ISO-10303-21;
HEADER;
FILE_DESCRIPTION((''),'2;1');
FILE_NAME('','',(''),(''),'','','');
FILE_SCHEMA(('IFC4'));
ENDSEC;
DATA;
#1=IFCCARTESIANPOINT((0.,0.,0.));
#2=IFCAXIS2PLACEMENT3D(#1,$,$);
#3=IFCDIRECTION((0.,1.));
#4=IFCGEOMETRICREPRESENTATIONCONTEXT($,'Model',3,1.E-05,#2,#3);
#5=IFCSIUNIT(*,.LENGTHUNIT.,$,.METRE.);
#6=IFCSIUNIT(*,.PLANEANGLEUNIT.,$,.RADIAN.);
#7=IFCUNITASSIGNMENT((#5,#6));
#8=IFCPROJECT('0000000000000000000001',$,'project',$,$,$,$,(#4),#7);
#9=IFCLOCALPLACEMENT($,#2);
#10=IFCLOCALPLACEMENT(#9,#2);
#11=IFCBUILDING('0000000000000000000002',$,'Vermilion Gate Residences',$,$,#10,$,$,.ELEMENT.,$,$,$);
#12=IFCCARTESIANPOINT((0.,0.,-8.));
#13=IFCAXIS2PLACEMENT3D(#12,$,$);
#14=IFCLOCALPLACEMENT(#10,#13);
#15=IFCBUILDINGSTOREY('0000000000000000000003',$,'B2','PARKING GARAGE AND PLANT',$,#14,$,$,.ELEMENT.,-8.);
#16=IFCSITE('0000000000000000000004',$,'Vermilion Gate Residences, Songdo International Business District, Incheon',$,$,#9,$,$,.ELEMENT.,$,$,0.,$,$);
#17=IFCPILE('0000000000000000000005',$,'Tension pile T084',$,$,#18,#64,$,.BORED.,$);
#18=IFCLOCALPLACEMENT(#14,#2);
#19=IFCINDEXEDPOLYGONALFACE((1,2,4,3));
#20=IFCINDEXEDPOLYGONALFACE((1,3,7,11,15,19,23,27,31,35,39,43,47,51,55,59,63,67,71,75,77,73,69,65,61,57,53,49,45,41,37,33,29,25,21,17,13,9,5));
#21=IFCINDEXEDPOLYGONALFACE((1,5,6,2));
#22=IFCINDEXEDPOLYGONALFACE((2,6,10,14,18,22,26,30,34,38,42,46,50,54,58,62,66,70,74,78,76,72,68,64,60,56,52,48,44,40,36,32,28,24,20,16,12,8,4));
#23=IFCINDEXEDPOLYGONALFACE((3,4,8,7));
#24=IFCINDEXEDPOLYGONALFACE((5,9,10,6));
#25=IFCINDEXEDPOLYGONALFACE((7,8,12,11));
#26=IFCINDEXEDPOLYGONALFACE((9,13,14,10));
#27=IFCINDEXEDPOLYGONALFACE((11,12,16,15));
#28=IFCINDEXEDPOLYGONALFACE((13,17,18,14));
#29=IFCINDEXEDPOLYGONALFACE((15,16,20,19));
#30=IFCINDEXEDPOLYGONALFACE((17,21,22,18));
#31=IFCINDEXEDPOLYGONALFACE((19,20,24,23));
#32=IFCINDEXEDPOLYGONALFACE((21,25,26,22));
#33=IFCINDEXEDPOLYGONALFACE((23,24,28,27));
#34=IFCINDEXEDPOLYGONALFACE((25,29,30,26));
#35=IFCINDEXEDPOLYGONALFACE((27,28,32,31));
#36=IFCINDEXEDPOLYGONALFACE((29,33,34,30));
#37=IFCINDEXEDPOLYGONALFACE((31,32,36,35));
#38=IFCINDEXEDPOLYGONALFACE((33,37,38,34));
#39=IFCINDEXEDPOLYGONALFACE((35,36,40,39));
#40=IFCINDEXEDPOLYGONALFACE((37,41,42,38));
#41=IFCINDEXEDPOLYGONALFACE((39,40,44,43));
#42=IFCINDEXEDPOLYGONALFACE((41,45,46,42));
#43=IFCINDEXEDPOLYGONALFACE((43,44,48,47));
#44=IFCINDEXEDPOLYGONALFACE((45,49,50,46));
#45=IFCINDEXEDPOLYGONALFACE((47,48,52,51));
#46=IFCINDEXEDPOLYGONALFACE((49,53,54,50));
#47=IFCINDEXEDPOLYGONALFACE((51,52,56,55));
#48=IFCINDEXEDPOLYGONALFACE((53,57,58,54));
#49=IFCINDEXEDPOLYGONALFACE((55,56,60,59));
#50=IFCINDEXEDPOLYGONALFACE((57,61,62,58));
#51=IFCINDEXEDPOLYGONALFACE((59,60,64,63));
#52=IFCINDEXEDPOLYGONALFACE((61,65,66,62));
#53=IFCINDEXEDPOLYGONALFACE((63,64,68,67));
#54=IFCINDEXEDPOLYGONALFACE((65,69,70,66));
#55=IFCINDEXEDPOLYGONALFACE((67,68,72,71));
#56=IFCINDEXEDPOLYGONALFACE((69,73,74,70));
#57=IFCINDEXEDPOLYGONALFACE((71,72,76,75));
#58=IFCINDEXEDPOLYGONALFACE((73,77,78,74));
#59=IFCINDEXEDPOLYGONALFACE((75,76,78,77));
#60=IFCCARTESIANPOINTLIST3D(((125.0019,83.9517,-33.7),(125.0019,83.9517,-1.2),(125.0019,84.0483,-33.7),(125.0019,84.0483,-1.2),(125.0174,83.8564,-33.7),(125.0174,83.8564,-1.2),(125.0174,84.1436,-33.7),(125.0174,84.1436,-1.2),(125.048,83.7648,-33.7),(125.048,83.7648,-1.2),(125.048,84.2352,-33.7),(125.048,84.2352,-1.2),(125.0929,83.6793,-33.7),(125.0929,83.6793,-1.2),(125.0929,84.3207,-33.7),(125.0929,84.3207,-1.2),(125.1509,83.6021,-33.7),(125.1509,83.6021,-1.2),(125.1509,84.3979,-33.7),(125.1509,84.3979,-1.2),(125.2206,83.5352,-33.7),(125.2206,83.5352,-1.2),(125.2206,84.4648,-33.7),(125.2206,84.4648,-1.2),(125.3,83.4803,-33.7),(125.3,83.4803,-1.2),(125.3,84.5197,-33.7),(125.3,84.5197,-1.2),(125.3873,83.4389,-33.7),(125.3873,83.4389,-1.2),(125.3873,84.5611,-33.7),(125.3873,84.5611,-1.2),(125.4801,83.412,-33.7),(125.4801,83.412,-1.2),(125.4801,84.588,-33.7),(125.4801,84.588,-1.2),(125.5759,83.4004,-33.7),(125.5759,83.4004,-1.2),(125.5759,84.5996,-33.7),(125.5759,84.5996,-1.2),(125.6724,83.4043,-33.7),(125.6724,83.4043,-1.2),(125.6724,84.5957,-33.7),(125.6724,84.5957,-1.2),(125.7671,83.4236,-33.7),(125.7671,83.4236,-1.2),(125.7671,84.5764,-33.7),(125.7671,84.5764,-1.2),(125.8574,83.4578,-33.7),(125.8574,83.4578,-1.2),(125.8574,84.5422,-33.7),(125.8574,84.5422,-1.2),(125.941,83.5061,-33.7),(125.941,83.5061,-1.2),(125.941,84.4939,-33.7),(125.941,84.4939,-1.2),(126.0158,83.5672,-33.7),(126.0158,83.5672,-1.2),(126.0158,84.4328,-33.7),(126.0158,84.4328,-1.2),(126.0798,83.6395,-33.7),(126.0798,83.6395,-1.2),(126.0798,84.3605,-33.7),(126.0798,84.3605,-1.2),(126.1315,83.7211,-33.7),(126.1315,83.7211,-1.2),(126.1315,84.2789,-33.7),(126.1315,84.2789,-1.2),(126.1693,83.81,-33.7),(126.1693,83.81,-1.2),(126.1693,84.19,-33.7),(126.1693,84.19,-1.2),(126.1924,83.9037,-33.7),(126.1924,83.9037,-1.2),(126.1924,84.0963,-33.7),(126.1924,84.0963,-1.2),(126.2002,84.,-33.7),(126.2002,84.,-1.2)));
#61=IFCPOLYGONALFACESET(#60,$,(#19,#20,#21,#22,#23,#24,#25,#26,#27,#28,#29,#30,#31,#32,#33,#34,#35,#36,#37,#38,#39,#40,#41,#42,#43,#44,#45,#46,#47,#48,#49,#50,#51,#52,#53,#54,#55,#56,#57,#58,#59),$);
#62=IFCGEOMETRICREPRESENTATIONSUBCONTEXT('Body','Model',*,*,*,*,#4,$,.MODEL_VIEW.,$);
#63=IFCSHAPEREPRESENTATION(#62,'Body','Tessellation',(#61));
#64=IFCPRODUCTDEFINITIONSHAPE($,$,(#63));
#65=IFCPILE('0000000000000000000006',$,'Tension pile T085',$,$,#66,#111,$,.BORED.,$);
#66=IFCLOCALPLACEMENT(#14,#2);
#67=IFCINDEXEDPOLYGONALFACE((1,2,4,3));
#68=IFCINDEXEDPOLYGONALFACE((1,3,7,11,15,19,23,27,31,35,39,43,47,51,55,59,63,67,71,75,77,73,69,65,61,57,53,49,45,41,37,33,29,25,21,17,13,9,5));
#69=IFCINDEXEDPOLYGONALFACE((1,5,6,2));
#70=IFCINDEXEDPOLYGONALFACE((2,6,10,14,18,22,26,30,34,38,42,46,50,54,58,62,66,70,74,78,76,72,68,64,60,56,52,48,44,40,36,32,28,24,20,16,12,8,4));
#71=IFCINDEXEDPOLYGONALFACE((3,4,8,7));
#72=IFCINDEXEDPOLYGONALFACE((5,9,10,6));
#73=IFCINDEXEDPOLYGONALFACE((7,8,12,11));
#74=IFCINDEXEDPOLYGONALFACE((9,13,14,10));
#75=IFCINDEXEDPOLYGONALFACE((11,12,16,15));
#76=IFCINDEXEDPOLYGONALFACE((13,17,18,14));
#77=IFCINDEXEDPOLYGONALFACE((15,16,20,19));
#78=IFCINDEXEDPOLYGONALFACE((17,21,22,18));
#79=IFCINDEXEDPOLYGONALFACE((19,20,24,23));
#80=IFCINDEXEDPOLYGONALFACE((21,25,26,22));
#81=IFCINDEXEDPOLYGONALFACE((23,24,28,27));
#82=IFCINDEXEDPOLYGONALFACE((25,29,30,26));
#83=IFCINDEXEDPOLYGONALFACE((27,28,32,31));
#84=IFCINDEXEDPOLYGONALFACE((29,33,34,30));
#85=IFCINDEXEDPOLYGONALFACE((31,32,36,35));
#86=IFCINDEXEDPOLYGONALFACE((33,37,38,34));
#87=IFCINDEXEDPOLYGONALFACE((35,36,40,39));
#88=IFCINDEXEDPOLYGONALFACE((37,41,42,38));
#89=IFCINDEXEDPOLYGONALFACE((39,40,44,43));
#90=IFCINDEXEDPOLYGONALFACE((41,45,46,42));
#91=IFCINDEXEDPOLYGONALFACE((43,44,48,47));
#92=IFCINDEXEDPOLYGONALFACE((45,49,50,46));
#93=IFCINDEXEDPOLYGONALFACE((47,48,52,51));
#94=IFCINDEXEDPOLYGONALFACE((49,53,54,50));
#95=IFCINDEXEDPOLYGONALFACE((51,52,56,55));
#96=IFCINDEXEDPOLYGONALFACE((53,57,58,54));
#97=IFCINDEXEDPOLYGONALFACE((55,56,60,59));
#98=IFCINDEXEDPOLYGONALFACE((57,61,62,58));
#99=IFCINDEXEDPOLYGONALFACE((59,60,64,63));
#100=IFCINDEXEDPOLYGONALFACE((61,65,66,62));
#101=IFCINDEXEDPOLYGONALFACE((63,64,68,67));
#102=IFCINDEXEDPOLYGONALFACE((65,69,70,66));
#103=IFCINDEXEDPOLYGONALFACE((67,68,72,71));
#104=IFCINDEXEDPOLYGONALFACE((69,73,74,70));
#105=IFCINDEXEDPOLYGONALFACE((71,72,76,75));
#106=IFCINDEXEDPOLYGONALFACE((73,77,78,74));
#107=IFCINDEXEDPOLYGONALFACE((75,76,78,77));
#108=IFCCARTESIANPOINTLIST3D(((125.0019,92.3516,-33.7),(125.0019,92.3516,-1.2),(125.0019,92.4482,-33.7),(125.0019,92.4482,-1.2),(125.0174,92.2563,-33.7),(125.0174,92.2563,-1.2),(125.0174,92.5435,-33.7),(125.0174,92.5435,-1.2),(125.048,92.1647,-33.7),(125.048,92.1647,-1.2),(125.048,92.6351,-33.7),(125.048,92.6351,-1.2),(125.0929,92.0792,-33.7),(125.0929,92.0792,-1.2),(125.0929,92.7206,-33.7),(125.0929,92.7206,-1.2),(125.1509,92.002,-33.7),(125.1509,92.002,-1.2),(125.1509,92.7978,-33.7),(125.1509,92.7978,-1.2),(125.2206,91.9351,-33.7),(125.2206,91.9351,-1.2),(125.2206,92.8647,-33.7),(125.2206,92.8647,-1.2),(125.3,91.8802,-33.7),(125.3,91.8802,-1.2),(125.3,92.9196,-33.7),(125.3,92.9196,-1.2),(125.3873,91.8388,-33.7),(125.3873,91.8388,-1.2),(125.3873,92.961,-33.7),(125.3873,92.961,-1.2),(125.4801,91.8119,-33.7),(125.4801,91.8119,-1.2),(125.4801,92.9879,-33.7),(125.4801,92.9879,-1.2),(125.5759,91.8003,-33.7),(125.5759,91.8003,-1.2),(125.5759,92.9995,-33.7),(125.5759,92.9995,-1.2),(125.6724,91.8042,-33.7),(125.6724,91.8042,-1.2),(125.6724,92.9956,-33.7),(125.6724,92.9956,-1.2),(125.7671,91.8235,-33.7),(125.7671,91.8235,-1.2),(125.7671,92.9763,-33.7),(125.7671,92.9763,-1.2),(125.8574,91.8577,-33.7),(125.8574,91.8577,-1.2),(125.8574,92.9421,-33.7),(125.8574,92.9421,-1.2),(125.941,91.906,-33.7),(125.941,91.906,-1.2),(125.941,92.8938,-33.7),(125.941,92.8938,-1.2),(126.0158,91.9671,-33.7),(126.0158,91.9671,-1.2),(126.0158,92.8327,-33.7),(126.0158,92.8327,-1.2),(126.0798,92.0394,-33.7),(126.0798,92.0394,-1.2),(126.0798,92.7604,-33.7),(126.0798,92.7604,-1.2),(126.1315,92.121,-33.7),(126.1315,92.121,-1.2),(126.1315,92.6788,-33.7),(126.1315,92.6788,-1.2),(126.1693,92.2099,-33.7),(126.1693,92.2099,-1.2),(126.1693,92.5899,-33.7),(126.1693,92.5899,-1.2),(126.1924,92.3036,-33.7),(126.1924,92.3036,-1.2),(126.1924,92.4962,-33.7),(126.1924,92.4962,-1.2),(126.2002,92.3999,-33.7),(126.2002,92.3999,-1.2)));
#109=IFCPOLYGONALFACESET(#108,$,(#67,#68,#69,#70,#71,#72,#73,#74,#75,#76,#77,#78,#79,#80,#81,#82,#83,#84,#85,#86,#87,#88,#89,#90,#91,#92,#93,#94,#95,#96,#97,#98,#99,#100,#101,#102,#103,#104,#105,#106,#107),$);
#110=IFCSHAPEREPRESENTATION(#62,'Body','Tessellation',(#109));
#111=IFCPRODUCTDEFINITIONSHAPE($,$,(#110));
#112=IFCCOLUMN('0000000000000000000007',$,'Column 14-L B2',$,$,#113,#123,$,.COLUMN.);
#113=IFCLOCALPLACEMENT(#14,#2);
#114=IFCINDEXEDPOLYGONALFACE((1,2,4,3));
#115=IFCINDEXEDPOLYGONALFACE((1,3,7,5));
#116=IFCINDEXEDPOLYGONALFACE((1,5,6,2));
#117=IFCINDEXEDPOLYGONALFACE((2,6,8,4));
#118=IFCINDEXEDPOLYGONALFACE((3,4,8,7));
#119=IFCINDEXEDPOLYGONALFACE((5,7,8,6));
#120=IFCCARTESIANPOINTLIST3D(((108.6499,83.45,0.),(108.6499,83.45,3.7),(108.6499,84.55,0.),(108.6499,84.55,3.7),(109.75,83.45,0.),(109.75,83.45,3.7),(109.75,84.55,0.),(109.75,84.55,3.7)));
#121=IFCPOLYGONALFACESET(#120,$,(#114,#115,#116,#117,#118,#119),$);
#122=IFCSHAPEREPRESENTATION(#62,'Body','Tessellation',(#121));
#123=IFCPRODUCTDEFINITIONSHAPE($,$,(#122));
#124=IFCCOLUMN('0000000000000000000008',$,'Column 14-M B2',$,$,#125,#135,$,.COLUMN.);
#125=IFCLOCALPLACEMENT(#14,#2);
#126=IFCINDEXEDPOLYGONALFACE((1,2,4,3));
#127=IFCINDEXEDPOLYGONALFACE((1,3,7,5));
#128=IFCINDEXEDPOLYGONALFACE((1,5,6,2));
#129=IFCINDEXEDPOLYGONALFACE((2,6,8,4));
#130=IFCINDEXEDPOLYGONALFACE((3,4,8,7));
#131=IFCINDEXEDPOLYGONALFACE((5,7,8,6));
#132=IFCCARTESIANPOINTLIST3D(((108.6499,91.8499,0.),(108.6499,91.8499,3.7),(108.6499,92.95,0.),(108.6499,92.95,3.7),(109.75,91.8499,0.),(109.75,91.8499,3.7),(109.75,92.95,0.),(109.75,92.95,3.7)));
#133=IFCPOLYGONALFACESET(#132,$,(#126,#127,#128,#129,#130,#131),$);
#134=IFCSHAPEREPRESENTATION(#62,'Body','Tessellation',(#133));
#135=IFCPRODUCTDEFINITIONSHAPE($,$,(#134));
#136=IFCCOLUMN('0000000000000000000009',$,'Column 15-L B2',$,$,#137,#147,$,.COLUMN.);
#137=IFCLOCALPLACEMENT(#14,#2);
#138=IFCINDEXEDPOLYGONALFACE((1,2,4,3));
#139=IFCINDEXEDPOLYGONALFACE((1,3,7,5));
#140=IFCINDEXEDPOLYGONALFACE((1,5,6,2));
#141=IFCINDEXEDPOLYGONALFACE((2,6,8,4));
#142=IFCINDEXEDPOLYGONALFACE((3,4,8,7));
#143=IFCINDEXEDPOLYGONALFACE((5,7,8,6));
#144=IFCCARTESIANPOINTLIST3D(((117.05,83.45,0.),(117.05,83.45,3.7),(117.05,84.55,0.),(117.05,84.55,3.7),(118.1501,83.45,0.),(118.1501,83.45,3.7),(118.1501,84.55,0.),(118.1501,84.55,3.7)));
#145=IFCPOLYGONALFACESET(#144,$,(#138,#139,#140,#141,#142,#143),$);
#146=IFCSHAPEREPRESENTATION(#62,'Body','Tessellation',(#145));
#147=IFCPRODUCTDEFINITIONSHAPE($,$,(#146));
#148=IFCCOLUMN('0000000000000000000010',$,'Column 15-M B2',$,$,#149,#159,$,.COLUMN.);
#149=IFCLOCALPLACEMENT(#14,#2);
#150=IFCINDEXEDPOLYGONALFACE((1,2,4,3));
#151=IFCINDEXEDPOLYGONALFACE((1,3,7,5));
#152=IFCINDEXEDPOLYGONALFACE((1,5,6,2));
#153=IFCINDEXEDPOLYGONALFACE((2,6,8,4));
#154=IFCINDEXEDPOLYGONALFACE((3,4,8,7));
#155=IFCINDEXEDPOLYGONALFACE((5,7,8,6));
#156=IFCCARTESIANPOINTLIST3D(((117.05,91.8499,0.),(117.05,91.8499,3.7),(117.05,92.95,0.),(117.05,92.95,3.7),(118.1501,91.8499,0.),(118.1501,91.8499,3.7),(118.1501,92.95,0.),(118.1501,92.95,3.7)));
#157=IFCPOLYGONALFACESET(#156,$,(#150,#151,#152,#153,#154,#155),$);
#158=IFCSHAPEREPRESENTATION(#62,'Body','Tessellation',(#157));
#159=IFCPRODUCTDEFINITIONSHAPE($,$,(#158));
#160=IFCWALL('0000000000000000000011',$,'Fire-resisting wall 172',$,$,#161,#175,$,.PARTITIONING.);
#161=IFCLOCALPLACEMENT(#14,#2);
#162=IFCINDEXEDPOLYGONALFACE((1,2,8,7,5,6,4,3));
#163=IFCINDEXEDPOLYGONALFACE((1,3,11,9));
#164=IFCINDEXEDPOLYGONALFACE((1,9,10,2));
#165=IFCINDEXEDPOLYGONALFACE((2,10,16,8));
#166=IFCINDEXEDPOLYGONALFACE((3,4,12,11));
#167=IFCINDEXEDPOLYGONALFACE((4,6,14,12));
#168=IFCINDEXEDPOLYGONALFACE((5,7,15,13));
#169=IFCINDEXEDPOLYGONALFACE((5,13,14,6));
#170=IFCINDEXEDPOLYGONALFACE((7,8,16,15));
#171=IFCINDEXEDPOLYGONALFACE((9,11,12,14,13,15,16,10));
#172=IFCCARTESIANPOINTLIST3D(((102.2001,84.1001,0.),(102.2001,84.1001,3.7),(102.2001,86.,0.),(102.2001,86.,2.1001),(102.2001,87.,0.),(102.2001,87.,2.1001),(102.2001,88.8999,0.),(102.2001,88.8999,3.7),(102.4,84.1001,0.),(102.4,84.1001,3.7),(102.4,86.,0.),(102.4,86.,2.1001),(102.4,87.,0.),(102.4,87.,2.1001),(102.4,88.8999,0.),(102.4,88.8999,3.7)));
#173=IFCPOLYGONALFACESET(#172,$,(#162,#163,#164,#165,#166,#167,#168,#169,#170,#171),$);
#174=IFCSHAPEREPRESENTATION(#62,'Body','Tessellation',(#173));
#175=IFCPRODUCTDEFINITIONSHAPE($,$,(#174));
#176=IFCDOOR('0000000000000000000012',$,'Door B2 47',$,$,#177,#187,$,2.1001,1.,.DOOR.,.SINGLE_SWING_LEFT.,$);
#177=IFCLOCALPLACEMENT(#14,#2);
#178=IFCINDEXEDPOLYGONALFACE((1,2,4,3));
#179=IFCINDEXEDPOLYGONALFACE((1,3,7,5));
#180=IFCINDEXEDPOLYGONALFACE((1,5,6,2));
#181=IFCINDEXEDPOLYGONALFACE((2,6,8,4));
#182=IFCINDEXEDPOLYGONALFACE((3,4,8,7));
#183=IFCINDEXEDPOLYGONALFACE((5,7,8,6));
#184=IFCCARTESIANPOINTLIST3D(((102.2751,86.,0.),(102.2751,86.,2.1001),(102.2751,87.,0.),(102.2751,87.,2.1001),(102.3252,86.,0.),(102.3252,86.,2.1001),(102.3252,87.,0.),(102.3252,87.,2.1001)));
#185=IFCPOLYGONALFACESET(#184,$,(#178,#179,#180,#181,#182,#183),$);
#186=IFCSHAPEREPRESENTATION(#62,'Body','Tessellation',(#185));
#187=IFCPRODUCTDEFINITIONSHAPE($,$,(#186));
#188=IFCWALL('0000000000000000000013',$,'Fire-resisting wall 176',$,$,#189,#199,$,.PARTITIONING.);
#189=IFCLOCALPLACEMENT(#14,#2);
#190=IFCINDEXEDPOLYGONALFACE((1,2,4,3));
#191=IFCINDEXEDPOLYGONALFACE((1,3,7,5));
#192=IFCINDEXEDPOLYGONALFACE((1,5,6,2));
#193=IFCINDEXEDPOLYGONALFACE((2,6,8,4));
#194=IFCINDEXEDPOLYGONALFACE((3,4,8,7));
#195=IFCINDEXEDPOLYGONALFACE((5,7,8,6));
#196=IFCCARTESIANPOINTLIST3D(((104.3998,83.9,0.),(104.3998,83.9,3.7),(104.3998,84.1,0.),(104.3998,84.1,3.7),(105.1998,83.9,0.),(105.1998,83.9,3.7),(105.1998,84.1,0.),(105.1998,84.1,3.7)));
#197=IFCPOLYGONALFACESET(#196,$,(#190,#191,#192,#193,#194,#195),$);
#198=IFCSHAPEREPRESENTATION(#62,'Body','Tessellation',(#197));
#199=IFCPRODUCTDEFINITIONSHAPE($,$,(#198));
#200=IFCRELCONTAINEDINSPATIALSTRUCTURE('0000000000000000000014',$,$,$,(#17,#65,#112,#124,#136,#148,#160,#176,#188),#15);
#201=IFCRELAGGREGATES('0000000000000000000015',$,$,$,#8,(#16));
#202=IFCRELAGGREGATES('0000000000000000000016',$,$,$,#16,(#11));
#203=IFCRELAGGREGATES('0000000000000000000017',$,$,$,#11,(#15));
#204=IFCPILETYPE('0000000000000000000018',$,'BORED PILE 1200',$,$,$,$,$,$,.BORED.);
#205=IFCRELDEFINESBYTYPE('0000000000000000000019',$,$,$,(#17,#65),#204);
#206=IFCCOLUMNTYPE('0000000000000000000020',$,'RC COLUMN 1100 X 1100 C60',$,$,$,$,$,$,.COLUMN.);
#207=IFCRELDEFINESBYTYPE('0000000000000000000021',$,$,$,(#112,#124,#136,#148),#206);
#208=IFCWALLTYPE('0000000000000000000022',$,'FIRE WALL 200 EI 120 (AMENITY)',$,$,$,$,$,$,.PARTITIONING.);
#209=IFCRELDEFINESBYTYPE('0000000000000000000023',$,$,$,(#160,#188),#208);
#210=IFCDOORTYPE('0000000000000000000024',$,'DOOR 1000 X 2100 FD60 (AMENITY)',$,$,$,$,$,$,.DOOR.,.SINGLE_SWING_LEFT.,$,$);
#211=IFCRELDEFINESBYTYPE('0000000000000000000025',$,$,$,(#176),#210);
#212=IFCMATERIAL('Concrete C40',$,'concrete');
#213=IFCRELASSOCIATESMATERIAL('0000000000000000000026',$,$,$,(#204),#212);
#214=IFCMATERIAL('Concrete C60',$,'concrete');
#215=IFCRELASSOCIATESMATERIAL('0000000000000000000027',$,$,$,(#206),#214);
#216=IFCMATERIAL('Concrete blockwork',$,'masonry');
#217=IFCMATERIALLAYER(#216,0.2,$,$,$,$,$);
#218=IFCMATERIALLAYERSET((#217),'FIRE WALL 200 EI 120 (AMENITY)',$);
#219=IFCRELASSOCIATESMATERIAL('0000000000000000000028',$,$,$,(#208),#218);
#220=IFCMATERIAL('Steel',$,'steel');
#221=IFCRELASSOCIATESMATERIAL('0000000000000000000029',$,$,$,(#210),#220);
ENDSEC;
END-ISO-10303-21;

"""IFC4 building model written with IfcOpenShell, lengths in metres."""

from ifc_helpers import new_model, si_unit, direction, frame, frame_2d, origin, origin_2d, place, context, subcontext, project, spatial, rectangle, circle, extrude, material, layer, layer_set, material_profile, profile_set, type_object, element, fill, save


model = new_model("IFC4")

# Units and contexts
model_context = context("Model", 3, precision=1e-05, world=origin(), true_north=direction((0.0, 1.0)))
body_context = subcontext(model_context, "Body", "Model", "MODEL_VIEW")
ifc_project = project(units=[si_unit("LENGTHUNIT", "METRE"), si_unit("PLANEANGLEUNIT", "RADIAN")], contexts=[model_context])

# Site, building, storey
site_placement = place(None, origin())
site = spatial("IfcSite", under=ifc_project, at=site_placement, Name="Vermilion Gate Residences, Songdo International Business District, Incheon", CompositionType="ELEMENT", RefElevation=0.0)
building_placement = place(site_placement, origin())
building = spatial("IfcBuilding", under=site, at=building_placement, Name="Vermilion Gate Residences", CompositionType="ELEMENT")
storey_placement = place(building_placement, frame((0.0, 0.0, -8.0)))
storey = spatial("IfcBuildingStorey", under=building, at=storey_placement, Name="B2", Description="PARKING GARAGE AND PLANT", CompositionType="ELEMENT", Elevation=-8.0)

# Piles
ifc_material_1 = material(Name="Concrete C40", Category="concrete")
ifc_material_profile_1 = material_profile(ifc_material_1, circle(Radius=0.6001, at=origin_2d()), Name="BORED PILE 1200")
ifc_profile_set_1 = profile_set([ifc_material_profile_1], Name="Concrete C40")
pile_type = type_object("IfcPileType", Name="BORED PILE 1200", PredefinedType="BORED", material=ifc_profile_set_1)
for number, where, z_axis, x_axis, name in (
    (1, (125.6001, 84.0, -1.2), (0.0, 0.0, -1.0), (1.0, 0.0, 0.0), "Tension pile T084"),
    (2, (125.6001, 92.3999, -1.2), (0.0, 0.0, -1.0), (1.0, 0.0, 0.0), "Tension pile T085"),
):
    element("IfcPile", number, at=place(storey_placement, frame(where, z_axis=z_axis, x_axis=x_axis)), inside=storey, type_object=pile_type, Name=name, PredefinedType="BORED", context=body_context, shape_type="SweptSolid", body=[
        extrude(circle(Radius=0.6001, at=origin_2d()), origin(), (0.0, 0.0, 1.0), 32.5),
    ])

# Columns
ifc_material_2 = material(Name="Concrete C60", Category="concrete")
ifc_material_profile_2 = material_profile(ifc_material_2, rectangle(XDim=1.1001, YDim=1.1001, at=origin_2d()), Name="RC-1100x1100")
ifc_profile_set_2 = profile_set([ifc_material_profile_2], Name="Concrete C60")
column_type = type_object("IfcColumnType", Name="RC COLUMN 1100 X 1100 C60", PredefinedType="COLUMN", material=ifc_profile_set_2)
for number, where, z_axis, x_axis, name in (
    (3, (109.2, 84.0, 0.0), (0.0, 0.0, 1.0), (1.0, 0.0, 0.0), "Column 14-L B2"),
    (4, (109.2, 92.3999, 0.0), (0.0, 0.0, 1.0), (1.0, 0.0, 0.0), "Column 14-M B2"),
    (5, (117.6001, 84.0, 0.0), (0.0, 0.0, 1.0), (1.0, 0.0, 0.0), "Column 15-L B2"),
    (6, (117.6001, 92.3999, 0.0), (0.0, 0.0, 1.0), (1.0, 0.0, 0.0), "Column 15-M B2"),
):
    element("IfcColumn", number, at=place(storey_placement, frame(where, z_axis=z_axis, x_axis=x_axis)), inside=storey, type_object=column_type, Name=name, PredefinedType="COLUMN", context=body_context, shape_type="SweptSolid", body=[
        extrude(rectangle(XDim=1.1001, YDim=1.1001, at=origin_2d()), origin(), (0.0, 0.0, 1.0), 3.7),
    ])

# Wall, opening, door
ifc_material_3 = material(Name="Concrete blockwork", Category="masonry")
ifc_layer_1 = layer(ifc_material_3, 0.2)
ifc_layer_set_1 = layer_set([ifc_layer_1], Name="FIRE WALL 200 EI 120 (AMENITY)")
wall_type_1 = type_object("IfcWallType", Name="FIRE WALL 200 EI 120 (AMENITY)", PredefinedType="PARTITIONING", material=ifc_layer_set_1)
wall_1_placement = place(storey_placement, frame((102.3, 84.1001, 0.0), z_axis=(0.0, 0.0, 1.0), x_axis=(0.0, 1.0, 0.0)))
wall_1 = element("IfcWall", 7, at=wall_1_placement, inside=storey, type_object=wall_type_1, Name="Fire-resisting wall 172", PredefinedType="PARTITIONING", context=body_context, shape_type="SweptSolid", body=[
    extrude(rectangle(XDim=4.7998, YDim=0.2, at=frame_2d((2.3999, 0.0))), origin(), (0.0, 0.0, 1.0), 3.7),
])
opening_placement = place(wall_1_placement, frame((1.8999, 0.0, 0.0)))
opening = element("IfcOpeningElement", 8, at=opening_placement, cuts=wall_1, PredefinedType="OPENING", context=body_context, shape_type="SweptSolid", body=[
    extrude(rectangle(XDim=1.0, YDim=2.1001, at=frame_2d((0.5, 1.05))), frame((0.0, 0.1099, 0.0), z_axis=(0.0, -1.0, 0.0), x_axis=(1.0, 0.0, 0.0)), (0.0, 0.0, 1.0), 0.22),
])
ifc_material_4 = material(Name="Steel", Category="steel")
door_type = type_object("IfcDoorType", Name="DOOR 1000 X 2100 FD60 (AMENITY)", OperationType="SINGLE_SWING_LEFT", PredefinedType="DOOR", material=ifc_material_4)
door_placement = place(opening_placement, origin())
door = element("IfcDoor", 9, at=door_placement, inside=storey, type_object=door_type, Name="Door B2 47", OperationType="SINGLE_SWING_LEFT", OverallHeight=2.1001, OverallWidth=1.0, PredefinedType="DOOR", context=body_context, shape_type="SweptSolid", body=[
    extrude(rectangle(XDim=1.0, YDim=2.1001, at=frame_2d((0.5, 1.05))), frame((0.0, 0.0249, 0.0), z_axis=(0.0, -1.0, 0.0), x_axis=(1.0, 0.0, 0.0)), (0.0, 0.0, 1.0), 0.05),
])
fill(opening, door)

# Wall
wall_2_placement = place(storey_placement, frame((104.3999, 84.0, 0.0), z_axis=(0.0, 0.0, 1.0), x_axis=(1.0, 0.0, 0.0)))
element("IfcWall", 10, at=wall_2_placement, inside=storey, type_object=wall_type_1, Name="Fire-resisting wall 176", PredefinedType="PARTITIONING", context=body_context, shape_type="SweptSolid", body=[
    extrude(rectangle(XDim=0.8, YDim=0.2, at=frame_2d((0.3999, 0.0))), origin(), (0.0, 0.0, 1.0), 3.7),
])

save(model, "model.ifc")
